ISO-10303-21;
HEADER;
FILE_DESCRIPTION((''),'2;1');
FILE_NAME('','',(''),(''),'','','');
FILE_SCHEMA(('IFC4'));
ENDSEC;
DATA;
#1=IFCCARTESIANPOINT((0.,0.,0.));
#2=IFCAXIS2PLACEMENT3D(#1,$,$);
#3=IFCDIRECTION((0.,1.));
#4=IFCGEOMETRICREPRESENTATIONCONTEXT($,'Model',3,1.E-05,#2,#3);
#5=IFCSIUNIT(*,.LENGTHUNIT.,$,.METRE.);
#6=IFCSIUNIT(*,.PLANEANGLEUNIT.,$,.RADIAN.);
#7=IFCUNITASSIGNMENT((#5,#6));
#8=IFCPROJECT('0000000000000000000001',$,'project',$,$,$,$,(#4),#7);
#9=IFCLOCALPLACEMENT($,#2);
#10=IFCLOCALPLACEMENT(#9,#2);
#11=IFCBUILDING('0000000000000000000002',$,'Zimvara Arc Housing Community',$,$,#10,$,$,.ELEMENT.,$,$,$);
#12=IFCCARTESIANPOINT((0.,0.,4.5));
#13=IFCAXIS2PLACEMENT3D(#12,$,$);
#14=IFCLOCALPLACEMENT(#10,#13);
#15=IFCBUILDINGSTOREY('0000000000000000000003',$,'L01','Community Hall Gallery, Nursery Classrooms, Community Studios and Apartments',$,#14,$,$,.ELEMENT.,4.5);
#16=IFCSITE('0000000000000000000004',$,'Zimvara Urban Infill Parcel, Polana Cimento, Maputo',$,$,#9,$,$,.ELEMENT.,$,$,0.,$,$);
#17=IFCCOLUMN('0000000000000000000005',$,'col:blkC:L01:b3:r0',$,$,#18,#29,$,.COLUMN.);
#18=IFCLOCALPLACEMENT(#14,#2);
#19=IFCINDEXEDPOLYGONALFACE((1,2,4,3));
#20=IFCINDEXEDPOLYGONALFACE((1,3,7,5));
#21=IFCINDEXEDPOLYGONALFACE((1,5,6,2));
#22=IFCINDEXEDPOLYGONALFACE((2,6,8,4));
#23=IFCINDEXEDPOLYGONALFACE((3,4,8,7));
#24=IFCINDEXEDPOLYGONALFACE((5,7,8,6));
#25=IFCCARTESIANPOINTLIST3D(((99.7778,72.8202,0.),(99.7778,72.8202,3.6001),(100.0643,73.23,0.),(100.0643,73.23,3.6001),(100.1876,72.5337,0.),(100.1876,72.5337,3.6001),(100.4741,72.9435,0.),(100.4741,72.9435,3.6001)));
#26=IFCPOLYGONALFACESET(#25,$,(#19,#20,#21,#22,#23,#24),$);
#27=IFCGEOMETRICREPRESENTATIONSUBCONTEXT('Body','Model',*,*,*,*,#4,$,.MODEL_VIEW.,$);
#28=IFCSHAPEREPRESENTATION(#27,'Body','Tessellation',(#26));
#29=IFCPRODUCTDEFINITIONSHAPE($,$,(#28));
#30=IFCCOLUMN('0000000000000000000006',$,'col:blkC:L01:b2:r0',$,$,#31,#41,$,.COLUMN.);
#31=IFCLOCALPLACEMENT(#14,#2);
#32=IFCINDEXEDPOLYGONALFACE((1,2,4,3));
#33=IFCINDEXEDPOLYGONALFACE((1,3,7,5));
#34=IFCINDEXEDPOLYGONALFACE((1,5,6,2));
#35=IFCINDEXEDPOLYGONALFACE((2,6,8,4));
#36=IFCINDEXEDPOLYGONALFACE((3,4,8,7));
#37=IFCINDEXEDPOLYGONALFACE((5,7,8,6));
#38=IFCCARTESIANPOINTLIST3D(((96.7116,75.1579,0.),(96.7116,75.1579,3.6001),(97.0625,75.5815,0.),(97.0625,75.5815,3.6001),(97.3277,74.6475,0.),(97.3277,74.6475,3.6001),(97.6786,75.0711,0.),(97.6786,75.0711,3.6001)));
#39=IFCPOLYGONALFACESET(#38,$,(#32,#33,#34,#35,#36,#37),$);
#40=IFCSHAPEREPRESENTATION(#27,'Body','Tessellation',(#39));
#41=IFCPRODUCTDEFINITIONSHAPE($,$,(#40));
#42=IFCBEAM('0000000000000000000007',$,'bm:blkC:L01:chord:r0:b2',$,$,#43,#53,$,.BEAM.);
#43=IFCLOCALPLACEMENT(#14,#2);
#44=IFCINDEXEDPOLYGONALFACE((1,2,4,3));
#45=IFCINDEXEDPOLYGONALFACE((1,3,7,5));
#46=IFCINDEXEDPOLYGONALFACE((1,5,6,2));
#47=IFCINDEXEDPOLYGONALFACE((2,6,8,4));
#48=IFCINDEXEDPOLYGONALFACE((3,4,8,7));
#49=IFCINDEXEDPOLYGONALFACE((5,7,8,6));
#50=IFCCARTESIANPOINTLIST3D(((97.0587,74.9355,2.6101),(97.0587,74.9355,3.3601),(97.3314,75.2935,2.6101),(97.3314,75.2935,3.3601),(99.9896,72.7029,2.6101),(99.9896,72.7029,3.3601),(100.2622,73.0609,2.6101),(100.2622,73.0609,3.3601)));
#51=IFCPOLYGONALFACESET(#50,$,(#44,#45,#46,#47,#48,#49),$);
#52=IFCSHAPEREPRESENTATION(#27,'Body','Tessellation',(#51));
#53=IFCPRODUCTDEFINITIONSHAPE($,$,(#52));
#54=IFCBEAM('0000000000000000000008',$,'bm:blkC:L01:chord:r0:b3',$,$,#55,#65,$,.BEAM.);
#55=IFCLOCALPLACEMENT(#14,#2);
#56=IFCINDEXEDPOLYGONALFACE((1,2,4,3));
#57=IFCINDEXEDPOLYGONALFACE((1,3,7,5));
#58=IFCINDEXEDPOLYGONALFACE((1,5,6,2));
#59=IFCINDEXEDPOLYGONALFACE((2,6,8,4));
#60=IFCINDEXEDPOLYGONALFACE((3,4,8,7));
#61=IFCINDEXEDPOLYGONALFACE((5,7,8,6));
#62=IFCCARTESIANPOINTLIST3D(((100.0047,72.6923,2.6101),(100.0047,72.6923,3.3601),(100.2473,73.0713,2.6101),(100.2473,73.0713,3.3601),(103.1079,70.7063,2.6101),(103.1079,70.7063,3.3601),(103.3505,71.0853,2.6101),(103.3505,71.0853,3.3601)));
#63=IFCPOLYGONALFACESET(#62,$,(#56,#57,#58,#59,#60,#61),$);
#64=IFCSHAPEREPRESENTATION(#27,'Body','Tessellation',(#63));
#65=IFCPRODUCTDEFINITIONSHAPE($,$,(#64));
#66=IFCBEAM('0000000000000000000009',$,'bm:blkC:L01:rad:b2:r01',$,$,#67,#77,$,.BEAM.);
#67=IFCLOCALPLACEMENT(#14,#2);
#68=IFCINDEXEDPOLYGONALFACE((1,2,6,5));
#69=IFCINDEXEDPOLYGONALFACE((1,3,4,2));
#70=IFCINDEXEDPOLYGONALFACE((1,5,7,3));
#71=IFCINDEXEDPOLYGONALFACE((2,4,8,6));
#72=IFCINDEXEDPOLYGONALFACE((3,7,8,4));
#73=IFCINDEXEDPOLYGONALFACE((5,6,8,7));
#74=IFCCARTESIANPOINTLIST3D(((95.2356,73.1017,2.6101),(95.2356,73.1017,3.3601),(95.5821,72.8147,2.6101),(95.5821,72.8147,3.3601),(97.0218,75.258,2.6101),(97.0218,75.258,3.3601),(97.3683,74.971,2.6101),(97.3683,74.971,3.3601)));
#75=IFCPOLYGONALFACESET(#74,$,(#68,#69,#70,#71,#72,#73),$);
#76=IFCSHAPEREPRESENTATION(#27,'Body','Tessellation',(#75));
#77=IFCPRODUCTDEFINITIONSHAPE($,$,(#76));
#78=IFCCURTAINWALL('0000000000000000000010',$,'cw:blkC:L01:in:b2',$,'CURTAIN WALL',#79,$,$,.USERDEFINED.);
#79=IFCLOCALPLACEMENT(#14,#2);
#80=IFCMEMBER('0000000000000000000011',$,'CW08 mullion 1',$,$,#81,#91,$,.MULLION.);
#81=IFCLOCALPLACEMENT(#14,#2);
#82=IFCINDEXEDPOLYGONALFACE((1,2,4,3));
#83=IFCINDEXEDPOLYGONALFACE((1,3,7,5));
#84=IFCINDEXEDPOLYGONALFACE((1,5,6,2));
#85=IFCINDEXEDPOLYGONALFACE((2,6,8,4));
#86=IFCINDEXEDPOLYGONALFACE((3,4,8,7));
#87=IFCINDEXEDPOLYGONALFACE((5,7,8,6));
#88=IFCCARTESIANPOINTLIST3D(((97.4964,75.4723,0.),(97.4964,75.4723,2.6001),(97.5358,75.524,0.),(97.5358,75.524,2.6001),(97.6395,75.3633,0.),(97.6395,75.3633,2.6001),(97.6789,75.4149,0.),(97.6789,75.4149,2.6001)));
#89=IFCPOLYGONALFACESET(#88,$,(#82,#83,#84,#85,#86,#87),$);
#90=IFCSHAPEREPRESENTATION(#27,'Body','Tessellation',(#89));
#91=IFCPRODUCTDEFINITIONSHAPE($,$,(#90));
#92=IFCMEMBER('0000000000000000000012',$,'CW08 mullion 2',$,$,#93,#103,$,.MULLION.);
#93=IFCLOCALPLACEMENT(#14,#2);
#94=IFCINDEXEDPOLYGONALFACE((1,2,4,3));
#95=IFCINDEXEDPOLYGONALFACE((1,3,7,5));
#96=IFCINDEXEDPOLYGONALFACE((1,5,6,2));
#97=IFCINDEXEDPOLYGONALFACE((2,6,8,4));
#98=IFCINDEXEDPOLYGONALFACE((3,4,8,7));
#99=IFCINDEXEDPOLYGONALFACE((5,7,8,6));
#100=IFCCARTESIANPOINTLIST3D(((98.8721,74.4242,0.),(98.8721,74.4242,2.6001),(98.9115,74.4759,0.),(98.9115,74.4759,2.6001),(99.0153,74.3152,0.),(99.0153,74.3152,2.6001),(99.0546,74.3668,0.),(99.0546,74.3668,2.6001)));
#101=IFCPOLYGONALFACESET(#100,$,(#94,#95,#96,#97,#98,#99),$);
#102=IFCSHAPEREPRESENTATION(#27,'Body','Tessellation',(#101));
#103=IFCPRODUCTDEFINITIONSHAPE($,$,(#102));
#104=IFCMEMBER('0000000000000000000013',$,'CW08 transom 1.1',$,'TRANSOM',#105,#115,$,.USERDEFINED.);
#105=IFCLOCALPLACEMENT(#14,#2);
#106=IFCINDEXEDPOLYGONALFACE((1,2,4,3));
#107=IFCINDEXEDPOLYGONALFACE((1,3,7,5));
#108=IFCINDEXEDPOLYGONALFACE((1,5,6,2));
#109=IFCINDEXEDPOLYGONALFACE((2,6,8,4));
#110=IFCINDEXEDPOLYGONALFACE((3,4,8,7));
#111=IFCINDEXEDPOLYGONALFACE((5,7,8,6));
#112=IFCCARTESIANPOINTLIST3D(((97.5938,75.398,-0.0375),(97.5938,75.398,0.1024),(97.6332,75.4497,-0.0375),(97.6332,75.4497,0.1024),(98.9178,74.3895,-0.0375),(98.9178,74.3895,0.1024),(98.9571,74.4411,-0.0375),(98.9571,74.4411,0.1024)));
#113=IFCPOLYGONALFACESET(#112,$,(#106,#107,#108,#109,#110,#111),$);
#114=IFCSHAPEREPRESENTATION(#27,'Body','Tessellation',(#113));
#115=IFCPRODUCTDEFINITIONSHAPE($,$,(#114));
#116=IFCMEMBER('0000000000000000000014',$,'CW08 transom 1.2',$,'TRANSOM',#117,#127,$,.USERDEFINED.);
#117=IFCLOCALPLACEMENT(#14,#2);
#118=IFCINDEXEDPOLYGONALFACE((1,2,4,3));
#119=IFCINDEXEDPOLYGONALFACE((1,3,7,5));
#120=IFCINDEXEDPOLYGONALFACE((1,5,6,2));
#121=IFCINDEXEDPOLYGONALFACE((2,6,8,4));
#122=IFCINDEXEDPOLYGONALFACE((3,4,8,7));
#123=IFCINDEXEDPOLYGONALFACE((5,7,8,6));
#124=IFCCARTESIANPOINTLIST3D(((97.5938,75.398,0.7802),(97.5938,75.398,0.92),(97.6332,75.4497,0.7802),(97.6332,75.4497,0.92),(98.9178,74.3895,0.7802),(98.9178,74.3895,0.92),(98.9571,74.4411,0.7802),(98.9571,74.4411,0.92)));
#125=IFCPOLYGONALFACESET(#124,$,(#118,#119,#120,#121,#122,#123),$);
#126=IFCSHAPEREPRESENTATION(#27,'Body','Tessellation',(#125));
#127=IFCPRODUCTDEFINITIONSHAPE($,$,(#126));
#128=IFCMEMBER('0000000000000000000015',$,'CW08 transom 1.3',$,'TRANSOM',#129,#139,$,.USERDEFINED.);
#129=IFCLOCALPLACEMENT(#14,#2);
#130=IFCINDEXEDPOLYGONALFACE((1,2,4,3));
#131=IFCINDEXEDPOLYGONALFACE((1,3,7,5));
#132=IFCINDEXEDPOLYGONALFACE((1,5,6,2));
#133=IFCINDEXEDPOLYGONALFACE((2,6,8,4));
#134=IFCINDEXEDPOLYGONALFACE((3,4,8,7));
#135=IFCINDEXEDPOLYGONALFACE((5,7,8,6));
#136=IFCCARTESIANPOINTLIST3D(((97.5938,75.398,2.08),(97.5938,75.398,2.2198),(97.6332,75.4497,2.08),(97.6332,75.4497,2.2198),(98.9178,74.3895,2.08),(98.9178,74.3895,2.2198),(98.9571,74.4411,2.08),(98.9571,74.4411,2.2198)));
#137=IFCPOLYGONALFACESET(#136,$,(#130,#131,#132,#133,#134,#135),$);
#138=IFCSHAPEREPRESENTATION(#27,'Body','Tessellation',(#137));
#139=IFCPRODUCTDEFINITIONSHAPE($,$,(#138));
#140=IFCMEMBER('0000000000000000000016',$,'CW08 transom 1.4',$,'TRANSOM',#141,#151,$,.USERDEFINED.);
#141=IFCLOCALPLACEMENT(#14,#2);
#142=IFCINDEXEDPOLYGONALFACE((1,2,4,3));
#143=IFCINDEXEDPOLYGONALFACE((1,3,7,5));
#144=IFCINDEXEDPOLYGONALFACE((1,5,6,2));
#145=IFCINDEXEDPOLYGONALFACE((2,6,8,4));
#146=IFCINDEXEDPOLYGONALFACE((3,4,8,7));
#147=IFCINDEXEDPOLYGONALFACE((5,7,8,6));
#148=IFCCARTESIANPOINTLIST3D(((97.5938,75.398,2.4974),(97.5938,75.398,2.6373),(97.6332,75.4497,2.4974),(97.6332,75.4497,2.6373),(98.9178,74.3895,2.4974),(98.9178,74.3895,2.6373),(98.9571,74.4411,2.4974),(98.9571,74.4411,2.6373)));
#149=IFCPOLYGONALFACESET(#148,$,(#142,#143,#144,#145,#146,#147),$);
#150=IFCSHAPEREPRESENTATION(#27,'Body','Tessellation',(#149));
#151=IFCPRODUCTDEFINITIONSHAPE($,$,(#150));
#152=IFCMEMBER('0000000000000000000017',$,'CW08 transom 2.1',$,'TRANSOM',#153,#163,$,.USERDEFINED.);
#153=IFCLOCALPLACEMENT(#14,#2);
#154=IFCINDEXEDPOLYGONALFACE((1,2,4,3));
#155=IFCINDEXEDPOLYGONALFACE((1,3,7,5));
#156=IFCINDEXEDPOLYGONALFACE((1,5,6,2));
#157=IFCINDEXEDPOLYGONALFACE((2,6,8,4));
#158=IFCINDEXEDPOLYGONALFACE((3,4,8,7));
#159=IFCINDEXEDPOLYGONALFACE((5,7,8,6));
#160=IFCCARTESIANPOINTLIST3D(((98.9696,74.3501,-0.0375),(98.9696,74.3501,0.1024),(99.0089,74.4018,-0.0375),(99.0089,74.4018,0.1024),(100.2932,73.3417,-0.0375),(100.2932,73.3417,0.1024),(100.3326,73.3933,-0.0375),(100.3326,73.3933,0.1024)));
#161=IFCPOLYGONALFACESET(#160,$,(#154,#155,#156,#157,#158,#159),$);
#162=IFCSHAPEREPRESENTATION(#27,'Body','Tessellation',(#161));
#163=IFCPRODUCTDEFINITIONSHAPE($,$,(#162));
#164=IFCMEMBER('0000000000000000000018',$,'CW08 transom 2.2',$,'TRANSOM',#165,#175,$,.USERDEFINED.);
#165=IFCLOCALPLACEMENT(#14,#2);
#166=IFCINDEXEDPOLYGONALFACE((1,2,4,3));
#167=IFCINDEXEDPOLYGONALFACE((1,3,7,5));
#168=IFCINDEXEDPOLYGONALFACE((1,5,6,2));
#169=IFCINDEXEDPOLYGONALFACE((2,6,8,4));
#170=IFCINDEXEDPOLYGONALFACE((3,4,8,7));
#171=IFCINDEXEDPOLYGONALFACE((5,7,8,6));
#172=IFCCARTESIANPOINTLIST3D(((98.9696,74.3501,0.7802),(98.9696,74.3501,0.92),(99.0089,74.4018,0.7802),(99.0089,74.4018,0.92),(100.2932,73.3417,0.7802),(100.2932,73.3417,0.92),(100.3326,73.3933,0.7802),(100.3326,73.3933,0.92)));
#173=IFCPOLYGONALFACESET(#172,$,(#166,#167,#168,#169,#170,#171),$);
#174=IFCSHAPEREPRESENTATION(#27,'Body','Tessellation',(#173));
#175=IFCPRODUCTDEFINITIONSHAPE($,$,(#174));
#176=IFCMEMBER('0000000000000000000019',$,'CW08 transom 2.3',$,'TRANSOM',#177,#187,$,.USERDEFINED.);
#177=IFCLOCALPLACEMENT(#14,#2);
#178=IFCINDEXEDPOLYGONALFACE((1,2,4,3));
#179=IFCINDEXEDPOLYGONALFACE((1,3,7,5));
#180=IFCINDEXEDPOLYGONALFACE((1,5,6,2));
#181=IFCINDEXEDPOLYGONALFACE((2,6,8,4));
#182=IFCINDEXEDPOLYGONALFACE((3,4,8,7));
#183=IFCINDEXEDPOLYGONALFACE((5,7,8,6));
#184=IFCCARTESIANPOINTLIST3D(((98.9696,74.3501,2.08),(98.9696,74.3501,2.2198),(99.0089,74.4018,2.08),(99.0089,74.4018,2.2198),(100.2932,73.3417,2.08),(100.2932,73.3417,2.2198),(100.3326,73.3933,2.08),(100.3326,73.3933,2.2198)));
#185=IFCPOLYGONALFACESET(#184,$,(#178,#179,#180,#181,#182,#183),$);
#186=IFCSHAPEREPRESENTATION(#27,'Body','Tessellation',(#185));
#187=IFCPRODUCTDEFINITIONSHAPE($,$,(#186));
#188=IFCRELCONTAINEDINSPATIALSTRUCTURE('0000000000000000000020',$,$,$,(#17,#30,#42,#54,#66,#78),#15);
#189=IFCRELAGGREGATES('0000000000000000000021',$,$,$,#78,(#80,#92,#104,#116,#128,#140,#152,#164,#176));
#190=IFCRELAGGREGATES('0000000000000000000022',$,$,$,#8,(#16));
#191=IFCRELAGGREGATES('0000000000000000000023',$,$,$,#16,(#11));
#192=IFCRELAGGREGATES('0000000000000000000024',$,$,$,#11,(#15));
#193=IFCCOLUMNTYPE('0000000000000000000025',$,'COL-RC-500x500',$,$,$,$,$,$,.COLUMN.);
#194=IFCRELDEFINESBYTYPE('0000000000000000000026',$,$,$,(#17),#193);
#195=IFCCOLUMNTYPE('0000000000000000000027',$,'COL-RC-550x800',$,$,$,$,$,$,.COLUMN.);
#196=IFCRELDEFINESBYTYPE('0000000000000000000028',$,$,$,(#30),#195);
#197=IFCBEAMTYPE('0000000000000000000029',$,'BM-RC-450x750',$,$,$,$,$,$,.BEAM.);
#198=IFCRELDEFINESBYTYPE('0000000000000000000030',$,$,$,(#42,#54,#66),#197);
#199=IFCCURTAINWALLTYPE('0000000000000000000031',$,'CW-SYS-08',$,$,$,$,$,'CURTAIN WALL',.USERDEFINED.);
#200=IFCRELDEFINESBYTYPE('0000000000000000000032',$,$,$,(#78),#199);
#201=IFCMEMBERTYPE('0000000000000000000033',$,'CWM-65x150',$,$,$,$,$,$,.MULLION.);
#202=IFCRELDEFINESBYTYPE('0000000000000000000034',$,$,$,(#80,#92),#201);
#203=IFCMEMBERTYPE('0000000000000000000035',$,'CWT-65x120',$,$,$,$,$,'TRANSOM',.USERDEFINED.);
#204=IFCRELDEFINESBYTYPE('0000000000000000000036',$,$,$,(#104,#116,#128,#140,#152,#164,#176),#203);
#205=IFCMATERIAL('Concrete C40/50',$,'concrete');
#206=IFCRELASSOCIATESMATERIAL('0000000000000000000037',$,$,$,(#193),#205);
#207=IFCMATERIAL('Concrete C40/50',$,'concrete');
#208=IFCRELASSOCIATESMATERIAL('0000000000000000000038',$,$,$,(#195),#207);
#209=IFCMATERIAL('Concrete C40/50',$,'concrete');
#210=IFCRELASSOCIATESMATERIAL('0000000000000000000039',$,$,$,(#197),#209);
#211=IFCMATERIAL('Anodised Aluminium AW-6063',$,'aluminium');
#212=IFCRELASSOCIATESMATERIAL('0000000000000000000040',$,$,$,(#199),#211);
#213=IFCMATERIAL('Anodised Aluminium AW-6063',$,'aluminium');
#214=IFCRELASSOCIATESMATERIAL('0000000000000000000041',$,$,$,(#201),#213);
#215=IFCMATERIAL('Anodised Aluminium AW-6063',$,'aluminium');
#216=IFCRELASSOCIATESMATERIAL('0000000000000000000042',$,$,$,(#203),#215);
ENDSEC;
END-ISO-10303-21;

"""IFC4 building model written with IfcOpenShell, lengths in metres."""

from ifc_helpers import new_model, si_unit, direction, frame, origin, origin_2d, place, context, subcontext, project, spatial, rectangle, extrude, material, material_profile, profile_set, type_object, element, aggregate, save


model = new_model("IFC4")

# Units and contexts
model_context = context("Model", 3, precision=1e-05, world=origin(), true_north=direction((0.0, 1.0)))
body_context = subcontext(model_context, "Body", "Model", "MODEL_VIEW")
ifc_project = project(units=[si_unit("LENGTHUNIT", "METRE"), si_unit("PLANEANGLEUNIT", "RADIAN")], contexts=[model_context])

# Site, building, storey
site_placement = place(None, origin())
site = spatial("IfcSite", under=ifc_project, at=site_placement, Name="Zimvara Urban Infill Parcel, Polana Cimento, Maputo", CompositionType="ELEMENT", RefElevation=0.0)
building_placement = place(site_placement, origin())
building = spatial("IfcBuilding", under=site, at=building_placement, Name="Zimvara Arc Housing Community", CompositionType="ELEMENT")
storey_placement = place(building_placement, frame((0.0, 0.0, 4.5)))
storey = spatial("IfcBuildingStorey", under=building, at=storey_placement, Name="L01", Description="Community Hall Gallery, Nursery Classrooms, Community Studios and Apartments", CompositionType="ELEMENT", Elevation=4.5)

# Columns
ifc_material_1 = material(Name="Concrete C40/50", Category="concrete")
ifc_material_profile_1 = material_profile(ifc_material_1, rectangle(XDim=0.5, YDim=0.5, at=origin_2d()), Name="RC 500x500")
ifc_profile_set_1 = profile_set([ifc_material_profile_1], Name="Concrete C40/50")
column_type_1 = type_object("IfcColumnType", Name="COL-RC-500x500", PredefinedType="COLUMN", material=ifc_profile_set_1)
column_1_placement = place(storey_placement, frame((100.126, 72.8818, 0.0), z_axis=(0.0, 0.0, 1.0), x_axis=(-0.573004, -0.819552, 0.0)))
element("IfcColumn", 1, at=column_1_placement, inside=storey, type_object=column_type_1, Name="col:blkC:L01:b3:r0", PredefinedType="COLUMN", context=body_context, shape_type="SweptSolid", body=[
    extrude(rectangle(XDim=0.5, YDim=0.5, at=origin_2d()), origin(), (0.0, 0.0, 1.0), 3.6001),
])
ifc_material_2 = material(Name="Concrete C40/50", Category="concrete")
ifc_material_profile_2 = material_profile(ifc_material_2, rectangle(XDim=0.55, YDim=0.8, at=origin_2d()), Name="RC 550x800")
ifc_profile_set_2 = profile_set([ifc_material_profile_2], Name="Concrete C40/50")
column_type_2 = type_object("IfcColumnType", Name="COL-RC-550x800", PredefinedType="COLUMN", material=ifc_profile_set_2)
column_2_placement = place(storey_placement, frame((97.1951, 75.1145, 0.0), z_axis=(0.0, 0.0, 1.0), x_axis=(-0.637962, -0.770068, 0.0)))
element("IfcColumn", 2, at=column_2_placement, inside=storey, type_object=column_type_2, Name="col:blkC:L01:b2:r0", PredefinedType="COLUMN", context=body_context, shape_type="SweptSolid", body=[
    extrude(rectangle(XDim=0.55, YDim=0.8, at=origin_2d()), origin(), (0.0, 0.0, 1.0), 3.6001),
])

# Beams
ifc_material_3 = material(Name="Concrete C40/50", Category="concrete")
ifc_material_profile_3 = material_profile(ifc_material_3, rectangle(XDim=0.45, YDim=0.75, at=origin_2d()), Name="RC 450x750")
ifc_profile_set_3 = profile_set([ifc_material_profile_3], Name="Concrete C40/50")
beam_type = type_object("IfcBeamType", Name="BM-RC-450x750", PredefinedType="BEAM", material=ifc_profile_set_3)
for number, where, z_axis, x_axis, name in (
    (3, (97.1951, 75.1145, 2.9851), (0.795485, -0.605973, 0.0), (0.605973, 0.795485, 0.0), "bm:blkC:L01:chord:r0:b2"),
    (4, (100.126, 72.8818, 2.9851), (0.842273, -0.539052, 0.0), (0.539052, 0.842273, 0.0), "bm:blkC:L01:chord:r0:b3"),
):
    element("IfcBeam", number, at=place(storey_placement, frame(where, z_axis=z_axis, x_axis=x_axis)), inside=storey, type_object=beam_type, Name=name, PredefinedType="BEAM", context=body_context, shape_type="SweptSolid", body=[
        extrude(rectangle(XDim=0.45, YDim=0.75, at=origin_2d()), origin(), (0.0, 0.0, 1.0), 3.6843),
    ])
beam_placement = place(storey_placement, frame((97.1951, 75.1145, 2.9851), z_axis=(-0.637917, -0.770105, 0.0), x_axis=(0.770105, -0.637917, 0.0)))
element("IfcBeam", 5, at=beam_placement, inside=storey, type_object=beam_type, Name="bm:blkC:L01:rad:b2:r01", PredefinedType="BEAM", context=body_context, shape_type="SweptSolid", body=[
    extrude(rectangle(XDim=0.45, YDim=0.75, at=origin_2d()), origin(), (0.0, 0.0, 1.0), 2.8),
])

# Curtain wall, members
ifc_material_4 = material(Name="Anodised Aluminium AW-6063", Category="aluminium")
curtain_wall_type = type_object("IfcCurtainWallType", Name="CW-SYS-08", ElementType="CURTAIN WALL", PredefinedType="USERDEFINED", material=ifc_material_4)
curtain_wall_placement = place(storey_placement, origin())
curtain_wall = element("IfcCurtainWall", 6, at=curtain_wall_placement, inside=storey, type_object=curtain_wall_type, Name="cw:blkC:L01:in:b2", ObjectType="CURTAIN WALL", PredefinedType="USERDEFINED")
ifc_material_5 = material(Name="Anodised Aluminium AW-6063", Category="aluminium")
ifc_material_profile_4 = material_profile(ifc_material_5, rectangle(XDim=0.0649, YDim=0.1799, at=origin_2d()), Name="ALU 65x180")
ifc_profile_set_4 = profile_set([ifc_material_profile_4], Name="Anodised Aluminium AW-6063")
member_type_1 = type_object("IfcMemberType", Name="CWM-65x150", PredefinedType="MULLION", material=ifc_profile_set_4)
member_1_placement = place(storey_placement, frame((97.5876, 75.4436, 0.0), z_axis=(0.0, 0.0, 1.0), x_axis=(0.605988, 0.795474, 0.0)))
member_1 = element("IfcMember", 7, at=member_1_placement, type_object=member_type_1, Name="CW08 mullion 1", PredefinedType="MULLION", context=body_context, shape_type="SweptSolid", body=[
    extrude(rectangle(XDim=0.0649, YDim=0.1799, at=origin_2d()), origin(), (0.0, 0.0, 1.0), 2.6001),
])
member_2_placement = place(storey_placement, frame((98.9634, 74.3955, 0.0), z_axis=(0.0, 0.0, 1.0), x_axis=(0.605988, 0.795474, 0.0)))
member_2 = element("IfcMember", 8, at=member_2_placement, type_object=member_type_1, Name="CW08 mullion 2", PredefinedType="MULLION", context=body_context, shape_type="SweptSolid", body=[
    extrude(rectangle(XDim=0.0649, YDim=0.1799, at=origin_2d()), origin(), (0.0, 0.0, 1.0), 2.6001),
])
ifc_material_6 = material(Name="Anodised Aluminium AW-6063", Category="aluminium")
ifc_material_profile_5 = material_profile(ifc_material_6, rectangle(XDim=0.0649, YDim=0.1399, at=origin_2d()), Name="ALU 65x140")
ifc_profile_set_5 = profile_set([ifc_material_profile_5], Name="Anodised Aluminium AW-6063")
member_type_2 = type_object("IfcMemberType", Name="CWT-65x120", ElementType="TRANSOM", PredefinedType="USERDEFINED", material=ifc_profile_set_5)
member_3_placement = place(storey_placement, frame((97.6135, 75.4238, 0.0325), z_axis=(0.795489, -0.605968, 0.0), x_axis=(0.605968, 0.795489, 0.0)))
member_3 = element("IfcMember", 9, at=member_3_placement, type_object=member_type_2, Name="CW08 transom 1.1", ObjectType="TRANSOM", PredefinedType="USERDEFINED", context=body_context, shape_type="SweptSolid", body=[
    extrude(rectangle(XDim=0.0649, YDim=0.1399, at=origin_2d()), origin(), (0.0, 0.0, 1.0), 1.6643),
])
member_4_placement = place(storey_placement, frame((97.6135, 75.4238, 0.8501), z_axis=(0.795489, -0.605968, 0.0), x_axis=(0.605968, 0.795489, 0.0)))
member_4 = element("IfcMember", 10, at=member_4_placement, type_object=member_type_2, Name="CW08 transom 1.2", ObjectType="TRANSOM", PredefinedType="USERDEFINED", context=body_context, shape_type="SweptSolid", body=[
    extrude(rectangle(XDim=0.0649, YDim=0.1399, at=origin_2d()), origin(), (0.0, 0.0, 1.0), 1.6643),
])
member_5_placement = place(storey_placement, frame((97.6135, 75.4238, 2.1499), z_axis=(0.795489, -0.605968, 0.0), x_axis=(0.605968, 0.795489, 0.0)))
member_5 = element("IfcMember", 11, at=member_5_placement, type_object=member_type_2, Name="CW08 transom 1.3", ObjectType="TRANSOM", PredefinedType="USERDEFINED", context=body_context, shape_type="SweptSolid", body=[
    extrude(rectangle(XDim=0.0649, YDim=0.1399, at=origin_2d()), origin(), (0.0, 0.0, 1.0), 1.6643),
])
member_6_placement = place(storey_placement, frame((97.6135, 75.4238, 2.5674), z_axis=(0.795489, -0.605968, 0.0), x_axis=(0.605968, 0.795489, 0.0)))
member_6 = element("IfcMember", 12, at=member_6_placement, type_object=member_type_2, Name="CW08 transom 1.4", ObjectType="TRANSOM", PredefinedType="USERDEFINED", context=body_context, shape_type="SweptSolid", body=[
    extrude(rectangle(XDim=0.0649, YDim=0.1399, at=origin_2d()), origin(), (0.0, 0.0, 1.0), 1.6643),
])
member_7_placement = place(storey_placement, frame((98.9893, 74.376, 0.0325), z_axis=(0.795435, -0.606039, 0.0), x_axis=(0.606039, 0.795435, 0.0)))
member_7 = element("IfcMember", 13, at=member_7_placement, type_object=member_type_2, Name="CW08 transom 2.1", ObjectType="TRANSOM", PredefinedType="USERDEFINED", context=body_context, shape_type="SweptSolid", body=[
    extrude(rectangle(XDim=0.0649, YDim=0.1399, at=origin_2d()), origin(), (0.0, 0.0, 1.0), 1.6641),
])
member_8_placement = place(storey_placement, frame((98.9893, 74.376, 0.8501), z_axis=(0.795435, -0.606039, 0.0), x_axis=(0.606039, 0.795435, 0.0)))
member_8 = element("IfcMember", 14, at=member_8_placement, type_object=member_type_2, Name="CW08 transom 2.2", ObjectType="TRANSOM", PredefinedType="USERDEFINED", context=body_context, shape_type="SweptSolid", body=[
    extrude(rectangle(XDim=0.0649, YDim=0.1399, at=origin_2d()), origin(), (0.0, 0.0, 1.0), 1.6641),
])
member_9_placement = place(storey_placement, frame((98.9893, 74.376, 2.1499), z_axis=(0.795435, -0.606039, 0.0), x_axis=(0.606039, 0.795435, 0.0)))
member_9 = element("IfcMember", 15, at=member_9_placement, type_object=member_type_2, Name="CW08 transom 2.3", ObjectType="TRANSOM", PredefinedType="USERDEFINED", context=body_context, shape_type="SweptSolid", body=[
    extrude(rectangle(XDim=0.0649, YDim=0.1399, at=origin_2d()), origin(), (0.0, 0.0, 1.0), 1.6641),
])
aggregate(curtain_wall, [member_1, member_2, member_3, member_4, member_5, member_6, member_7, member_8, member_9])

save(model, "model.ifc")
